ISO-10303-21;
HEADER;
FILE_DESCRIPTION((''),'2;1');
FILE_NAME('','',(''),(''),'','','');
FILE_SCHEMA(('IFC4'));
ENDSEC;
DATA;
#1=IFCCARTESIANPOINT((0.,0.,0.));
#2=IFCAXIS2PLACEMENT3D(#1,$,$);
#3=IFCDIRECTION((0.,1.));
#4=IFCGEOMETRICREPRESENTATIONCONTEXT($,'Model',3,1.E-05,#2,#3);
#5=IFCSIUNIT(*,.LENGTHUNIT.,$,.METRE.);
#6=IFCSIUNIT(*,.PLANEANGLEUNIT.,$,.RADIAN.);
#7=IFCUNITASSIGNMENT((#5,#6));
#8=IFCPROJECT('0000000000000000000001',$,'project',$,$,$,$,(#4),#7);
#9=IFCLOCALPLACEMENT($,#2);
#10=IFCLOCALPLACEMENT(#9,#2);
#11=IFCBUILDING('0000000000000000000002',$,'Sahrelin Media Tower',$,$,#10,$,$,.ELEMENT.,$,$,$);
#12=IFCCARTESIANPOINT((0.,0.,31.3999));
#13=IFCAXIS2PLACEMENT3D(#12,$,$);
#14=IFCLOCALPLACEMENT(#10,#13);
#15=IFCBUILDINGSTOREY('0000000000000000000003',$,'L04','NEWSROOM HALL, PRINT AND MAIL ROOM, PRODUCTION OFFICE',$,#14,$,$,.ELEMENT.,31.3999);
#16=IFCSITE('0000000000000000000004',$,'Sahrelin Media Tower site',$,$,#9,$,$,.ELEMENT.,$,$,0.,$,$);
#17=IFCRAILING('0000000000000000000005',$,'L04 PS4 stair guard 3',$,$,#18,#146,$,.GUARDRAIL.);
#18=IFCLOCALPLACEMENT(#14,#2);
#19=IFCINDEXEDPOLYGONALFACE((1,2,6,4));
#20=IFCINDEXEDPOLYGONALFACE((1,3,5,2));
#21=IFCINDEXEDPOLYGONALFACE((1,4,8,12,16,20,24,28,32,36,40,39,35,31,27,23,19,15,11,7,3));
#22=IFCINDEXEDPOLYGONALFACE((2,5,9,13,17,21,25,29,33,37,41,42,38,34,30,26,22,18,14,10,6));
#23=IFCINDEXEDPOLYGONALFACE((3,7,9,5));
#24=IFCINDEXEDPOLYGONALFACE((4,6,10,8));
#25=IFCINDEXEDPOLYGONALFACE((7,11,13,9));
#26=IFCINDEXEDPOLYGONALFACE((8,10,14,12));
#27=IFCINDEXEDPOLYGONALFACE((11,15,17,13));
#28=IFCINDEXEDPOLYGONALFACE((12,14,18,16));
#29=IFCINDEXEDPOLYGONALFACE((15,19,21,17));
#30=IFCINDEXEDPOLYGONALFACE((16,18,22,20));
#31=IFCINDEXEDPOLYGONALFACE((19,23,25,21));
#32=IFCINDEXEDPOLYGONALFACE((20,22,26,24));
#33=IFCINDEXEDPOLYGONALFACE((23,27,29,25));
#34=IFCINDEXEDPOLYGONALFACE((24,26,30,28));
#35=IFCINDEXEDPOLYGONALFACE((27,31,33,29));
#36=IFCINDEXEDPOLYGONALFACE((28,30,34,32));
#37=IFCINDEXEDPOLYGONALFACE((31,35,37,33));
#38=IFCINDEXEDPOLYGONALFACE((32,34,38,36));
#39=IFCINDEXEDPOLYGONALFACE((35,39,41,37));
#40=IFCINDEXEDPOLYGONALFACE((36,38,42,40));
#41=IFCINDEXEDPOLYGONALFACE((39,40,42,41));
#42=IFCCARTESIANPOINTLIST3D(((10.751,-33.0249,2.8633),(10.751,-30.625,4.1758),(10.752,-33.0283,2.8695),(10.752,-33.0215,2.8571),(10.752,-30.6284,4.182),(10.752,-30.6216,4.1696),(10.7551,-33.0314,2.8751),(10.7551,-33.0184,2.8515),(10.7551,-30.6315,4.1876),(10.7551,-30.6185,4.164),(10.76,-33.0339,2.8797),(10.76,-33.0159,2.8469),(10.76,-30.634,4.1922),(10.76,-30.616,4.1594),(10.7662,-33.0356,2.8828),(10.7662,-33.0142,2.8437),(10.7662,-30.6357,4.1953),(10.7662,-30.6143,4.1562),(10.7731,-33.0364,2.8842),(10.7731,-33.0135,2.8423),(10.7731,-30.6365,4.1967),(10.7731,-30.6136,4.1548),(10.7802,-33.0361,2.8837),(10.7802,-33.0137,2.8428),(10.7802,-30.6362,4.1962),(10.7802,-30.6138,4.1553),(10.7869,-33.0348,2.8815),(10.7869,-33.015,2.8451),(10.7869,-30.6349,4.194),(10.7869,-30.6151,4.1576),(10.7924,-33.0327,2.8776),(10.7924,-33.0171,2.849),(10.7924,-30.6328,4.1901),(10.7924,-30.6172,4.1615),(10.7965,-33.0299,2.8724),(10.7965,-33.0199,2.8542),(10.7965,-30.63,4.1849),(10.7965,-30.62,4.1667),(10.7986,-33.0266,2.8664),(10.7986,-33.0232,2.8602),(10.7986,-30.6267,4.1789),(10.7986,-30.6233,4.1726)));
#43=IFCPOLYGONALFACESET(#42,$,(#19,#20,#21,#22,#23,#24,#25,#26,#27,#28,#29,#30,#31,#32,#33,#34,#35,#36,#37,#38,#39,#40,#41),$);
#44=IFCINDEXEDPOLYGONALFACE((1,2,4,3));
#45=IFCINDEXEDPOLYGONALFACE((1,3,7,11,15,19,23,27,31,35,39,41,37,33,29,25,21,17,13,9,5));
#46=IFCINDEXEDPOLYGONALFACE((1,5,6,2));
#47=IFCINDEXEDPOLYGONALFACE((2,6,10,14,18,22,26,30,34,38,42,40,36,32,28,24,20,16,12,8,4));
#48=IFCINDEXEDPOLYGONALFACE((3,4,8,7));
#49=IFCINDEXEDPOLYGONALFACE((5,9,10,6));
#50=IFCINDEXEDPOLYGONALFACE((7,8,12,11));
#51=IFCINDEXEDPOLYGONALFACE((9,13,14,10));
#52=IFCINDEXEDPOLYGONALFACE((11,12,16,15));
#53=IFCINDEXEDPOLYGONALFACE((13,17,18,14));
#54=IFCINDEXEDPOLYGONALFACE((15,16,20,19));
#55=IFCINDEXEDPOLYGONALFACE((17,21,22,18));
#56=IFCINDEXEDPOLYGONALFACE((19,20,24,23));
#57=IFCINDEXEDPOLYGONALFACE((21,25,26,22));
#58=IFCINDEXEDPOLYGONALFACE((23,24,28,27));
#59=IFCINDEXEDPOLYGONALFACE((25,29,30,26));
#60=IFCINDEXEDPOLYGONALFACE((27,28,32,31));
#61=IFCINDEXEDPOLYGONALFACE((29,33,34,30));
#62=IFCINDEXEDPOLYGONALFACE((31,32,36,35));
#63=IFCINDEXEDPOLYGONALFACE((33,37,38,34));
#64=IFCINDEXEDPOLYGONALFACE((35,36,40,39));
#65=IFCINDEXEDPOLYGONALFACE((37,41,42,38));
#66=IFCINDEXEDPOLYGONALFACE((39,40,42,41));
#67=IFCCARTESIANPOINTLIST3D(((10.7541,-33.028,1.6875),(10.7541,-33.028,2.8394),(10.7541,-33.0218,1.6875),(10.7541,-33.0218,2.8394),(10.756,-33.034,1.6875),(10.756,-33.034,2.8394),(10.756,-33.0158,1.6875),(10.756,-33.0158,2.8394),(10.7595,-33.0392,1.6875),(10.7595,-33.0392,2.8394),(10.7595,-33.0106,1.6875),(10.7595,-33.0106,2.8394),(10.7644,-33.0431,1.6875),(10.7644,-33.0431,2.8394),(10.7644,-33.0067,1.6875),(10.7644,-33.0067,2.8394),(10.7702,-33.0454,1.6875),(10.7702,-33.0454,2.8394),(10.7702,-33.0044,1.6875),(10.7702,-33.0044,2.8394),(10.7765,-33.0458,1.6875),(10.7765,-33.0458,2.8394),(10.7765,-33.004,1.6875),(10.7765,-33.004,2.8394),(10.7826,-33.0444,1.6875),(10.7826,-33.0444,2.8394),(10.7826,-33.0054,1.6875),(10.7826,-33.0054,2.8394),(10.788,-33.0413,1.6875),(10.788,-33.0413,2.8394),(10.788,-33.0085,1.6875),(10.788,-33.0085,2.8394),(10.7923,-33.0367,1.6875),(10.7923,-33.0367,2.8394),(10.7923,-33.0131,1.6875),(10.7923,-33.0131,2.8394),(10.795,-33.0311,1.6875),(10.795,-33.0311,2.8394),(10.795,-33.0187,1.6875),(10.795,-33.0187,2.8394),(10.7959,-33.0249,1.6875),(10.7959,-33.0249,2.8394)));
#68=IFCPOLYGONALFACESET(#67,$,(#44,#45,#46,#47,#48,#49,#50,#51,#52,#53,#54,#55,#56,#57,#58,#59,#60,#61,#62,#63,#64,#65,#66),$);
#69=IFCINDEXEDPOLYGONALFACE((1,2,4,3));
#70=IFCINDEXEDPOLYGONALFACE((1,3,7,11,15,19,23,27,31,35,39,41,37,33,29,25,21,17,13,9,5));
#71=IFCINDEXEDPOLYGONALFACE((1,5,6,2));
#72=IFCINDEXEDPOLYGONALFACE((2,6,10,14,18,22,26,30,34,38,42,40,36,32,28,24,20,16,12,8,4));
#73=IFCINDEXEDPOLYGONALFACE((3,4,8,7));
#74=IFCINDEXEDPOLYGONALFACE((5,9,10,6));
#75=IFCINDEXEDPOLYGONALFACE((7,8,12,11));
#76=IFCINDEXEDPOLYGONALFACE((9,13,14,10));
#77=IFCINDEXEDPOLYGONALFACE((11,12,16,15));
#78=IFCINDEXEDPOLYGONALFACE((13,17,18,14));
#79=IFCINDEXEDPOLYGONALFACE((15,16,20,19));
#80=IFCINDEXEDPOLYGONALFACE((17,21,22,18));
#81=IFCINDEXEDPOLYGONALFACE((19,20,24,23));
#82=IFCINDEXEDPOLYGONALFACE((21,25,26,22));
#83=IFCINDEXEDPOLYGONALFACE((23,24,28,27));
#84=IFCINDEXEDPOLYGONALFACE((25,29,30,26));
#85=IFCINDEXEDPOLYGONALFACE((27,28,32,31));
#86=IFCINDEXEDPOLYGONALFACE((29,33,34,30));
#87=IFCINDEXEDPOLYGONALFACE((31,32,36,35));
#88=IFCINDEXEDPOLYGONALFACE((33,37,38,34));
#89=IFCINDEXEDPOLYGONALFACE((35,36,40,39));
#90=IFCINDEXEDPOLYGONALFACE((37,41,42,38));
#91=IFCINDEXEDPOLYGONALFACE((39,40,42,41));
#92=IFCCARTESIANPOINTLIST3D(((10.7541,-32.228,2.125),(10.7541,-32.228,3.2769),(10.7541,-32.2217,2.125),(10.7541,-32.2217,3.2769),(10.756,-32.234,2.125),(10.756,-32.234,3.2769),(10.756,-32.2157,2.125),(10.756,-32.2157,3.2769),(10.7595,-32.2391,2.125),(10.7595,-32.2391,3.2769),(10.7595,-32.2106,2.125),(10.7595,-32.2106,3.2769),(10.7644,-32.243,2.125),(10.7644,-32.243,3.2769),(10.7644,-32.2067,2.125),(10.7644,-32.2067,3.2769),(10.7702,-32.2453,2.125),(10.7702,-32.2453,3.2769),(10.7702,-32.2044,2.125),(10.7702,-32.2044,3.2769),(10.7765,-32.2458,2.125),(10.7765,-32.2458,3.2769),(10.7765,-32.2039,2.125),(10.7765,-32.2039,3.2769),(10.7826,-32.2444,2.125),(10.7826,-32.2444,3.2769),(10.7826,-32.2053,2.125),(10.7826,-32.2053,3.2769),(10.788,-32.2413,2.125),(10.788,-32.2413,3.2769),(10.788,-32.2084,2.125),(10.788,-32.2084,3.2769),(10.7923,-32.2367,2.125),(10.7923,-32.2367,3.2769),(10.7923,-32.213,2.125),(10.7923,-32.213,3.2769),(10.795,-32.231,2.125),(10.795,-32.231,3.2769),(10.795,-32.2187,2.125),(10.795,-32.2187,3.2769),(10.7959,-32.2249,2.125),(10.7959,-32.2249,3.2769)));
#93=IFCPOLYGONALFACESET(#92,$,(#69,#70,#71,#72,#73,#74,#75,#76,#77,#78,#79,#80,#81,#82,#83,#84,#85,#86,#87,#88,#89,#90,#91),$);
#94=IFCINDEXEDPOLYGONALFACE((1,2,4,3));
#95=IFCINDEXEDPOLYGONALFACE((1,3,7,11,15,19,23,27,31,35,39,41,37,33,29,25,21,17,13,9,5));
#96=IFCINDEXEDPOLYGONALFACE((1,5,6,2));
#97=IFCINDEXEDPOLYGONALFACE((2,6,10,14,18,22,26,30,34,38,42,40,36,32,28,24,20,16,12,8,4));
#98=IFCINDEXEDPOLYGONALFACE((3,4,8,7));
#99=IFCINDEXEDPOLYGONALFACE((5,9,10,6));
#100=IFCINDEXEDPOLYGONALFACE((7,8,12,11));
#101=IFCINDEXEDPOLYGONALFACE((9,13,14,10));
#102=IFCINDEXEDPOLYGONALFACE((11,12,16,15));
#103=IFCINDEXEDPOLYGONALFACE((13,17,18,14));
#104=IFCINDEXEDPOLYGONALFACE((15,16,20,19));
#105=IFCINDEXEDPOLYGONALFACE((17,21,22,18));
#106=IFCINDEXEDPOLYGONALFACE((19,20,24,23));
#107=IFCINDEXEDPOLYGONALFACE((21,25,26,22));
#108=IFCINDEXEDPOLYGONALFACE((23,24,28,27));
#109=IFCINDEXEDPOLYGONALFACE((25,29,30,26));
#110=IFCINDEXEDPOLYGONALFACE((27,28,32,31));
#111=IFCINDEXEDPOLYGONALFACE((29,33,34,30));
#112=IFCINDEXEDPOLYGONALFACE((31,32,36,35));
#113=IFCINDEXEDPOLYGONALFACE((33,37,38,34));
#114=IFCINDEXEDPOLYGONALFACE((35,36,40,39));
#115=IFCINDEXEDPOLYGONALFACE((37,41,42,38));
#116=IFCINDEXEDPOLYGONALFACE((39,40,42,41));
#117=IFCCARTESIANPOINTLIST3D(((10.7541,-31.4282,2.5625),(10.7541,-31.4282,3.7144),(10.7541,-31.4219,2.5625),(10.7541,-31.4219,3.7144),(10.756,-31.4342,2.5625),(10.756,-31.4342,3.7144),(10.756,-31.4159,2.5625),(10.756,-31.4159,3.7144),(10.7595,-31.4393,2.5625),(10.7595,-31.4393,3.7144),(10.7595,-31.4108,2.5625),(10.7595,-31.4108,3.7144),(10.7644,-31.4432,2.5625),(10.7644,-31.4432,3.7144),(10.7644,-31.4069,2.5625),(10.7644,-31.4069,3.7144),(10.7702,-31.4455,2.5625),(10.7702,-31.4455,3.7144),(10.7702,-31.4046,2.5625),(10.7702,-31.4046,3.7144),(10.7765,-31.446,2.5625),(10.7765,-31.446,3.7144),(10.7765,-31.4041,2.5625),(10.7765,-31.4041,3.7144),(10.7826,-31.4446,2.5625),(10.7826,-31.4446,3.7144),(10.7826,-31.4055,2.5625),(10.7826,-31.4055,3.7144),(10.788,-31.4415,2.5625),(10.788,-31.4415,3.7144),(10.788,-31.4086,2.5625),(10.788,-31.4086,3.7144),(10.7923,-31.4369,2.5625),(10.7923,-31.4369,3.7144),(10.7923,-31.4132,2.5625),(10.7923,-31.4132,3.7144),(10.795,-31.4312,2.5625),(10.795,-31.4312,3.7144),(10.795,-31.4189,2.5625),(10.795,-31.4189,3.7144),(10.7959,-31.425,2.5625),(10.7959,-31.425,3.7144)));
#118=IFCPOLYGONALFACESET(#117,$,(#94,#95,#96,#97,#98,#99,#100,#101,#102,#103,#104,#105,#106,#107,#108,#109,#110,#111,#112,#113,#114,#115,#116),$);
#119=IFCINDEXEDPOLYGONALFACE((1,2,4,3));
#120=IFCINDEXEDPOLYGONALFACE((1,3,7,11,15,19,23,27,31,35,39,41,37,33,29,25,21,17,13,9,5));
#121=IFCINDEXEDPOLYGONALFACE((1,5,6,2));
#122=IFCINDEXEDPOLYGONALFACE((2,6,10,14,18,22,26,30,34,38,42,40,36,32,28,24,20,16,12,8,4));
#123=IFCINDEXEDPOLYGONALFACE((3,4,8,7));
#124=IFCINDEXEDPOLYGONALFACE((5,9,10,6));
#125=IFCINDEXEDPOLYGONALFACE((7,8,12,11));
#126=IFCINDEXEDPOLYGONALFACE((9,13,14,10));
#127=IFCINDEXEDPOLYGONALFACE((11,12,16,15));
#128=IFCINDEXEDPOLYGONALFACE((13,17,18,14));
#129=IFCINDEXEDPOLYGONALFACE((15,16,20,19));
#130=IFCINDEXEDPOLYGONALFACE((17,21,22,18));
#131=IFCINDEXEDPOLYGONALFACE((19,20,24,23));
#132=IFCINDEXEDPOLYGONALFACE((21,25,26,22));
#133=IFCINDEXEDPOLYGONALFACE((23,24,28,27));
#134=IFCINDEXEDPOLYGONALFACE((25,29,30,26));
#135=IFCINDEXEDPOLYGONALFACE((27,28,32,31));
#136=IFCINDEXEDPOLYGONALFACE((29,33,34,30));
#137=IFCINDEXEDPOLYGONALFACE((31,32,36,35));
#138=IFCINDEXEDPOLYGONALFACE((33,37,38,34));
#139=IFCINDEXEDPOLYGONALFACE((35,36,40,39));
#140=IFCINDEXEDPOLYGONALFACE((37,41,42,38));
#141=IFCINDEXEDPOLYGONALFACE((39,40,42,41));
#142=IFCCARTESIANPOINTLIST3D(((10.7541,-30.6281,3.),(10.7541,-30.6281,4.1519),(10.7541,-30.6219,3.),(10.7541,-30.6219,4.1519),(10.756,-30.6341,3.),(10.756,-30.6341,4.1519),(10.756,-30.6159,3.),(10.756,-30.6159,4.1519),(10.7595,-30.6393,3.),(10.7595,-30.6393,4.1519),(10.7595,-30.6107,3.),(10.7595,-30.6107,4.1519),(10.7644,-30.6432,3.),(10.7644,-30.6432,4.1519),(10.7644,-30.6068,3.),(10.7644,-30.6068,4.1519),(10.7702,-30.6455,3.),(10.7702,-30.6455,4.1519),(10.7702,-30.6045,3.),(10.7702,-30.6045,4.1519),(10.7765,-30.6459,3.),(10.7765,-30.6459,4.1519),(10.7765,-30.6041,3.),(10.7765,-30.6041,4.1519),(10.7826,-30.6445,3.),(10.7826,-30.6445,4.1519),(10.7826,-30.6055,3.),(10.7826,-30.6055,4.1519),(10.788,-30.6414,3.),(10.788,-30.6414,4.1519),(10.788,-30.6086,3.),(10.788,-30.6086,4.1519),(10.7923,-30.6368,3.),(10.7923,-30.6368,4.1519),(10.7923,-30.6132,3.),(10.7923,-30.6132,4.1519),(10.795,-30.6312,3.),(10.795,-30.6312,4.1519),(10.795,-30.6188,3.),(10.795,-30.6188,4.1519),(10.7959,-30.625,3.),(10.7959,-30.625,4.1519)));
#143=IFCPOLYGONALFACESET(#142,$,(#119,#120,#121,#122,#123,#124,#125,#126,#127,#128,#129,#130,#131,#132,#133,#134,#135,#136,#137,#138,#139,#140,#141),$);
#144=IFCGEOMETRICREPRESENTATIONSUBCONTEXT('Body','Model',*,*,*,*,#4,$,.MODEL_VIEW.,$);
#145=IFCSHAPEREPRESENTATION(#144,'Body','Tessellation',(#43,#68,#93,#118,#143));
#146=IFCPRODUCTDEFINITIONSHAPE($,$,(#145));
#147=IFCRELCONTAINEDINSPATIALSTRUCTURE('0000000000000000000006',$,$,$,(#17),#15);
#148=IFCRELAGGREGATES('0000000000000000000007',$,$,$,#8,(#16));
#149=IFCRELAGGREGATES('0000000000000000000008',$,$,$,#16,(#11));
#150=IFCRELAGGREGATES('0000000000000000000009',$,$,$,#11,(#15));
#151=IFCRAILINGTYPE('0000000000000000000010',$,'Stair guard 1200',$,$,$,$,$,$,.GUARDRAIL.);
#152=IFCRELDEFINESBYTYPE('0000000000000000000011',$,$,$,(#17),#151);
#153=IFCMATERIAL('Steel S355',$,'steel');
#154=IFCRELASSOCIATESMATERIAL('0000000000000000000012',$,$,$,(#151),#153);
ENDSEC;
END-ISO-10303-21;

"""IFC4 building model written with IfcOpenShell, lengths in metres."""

from ifc_helpers import new_model, si_unit, direction, frame, origin, origin_2d, place, context, subcontext, project, spatial, circle, extrude, material, type_object, element, save


model = new_model("IFC4")

# Units and contexts
model_context = context("Model", 3, precision=1e-05, world=origin(), true_north=direction((0.0, 1.0)))
body_context = subcontext(model_context, "Body", "Model", "MODEL_VIEW")
ifc_project = project(units=[si_unit("LENGTHUNIT", "METRE"), si_unit("PLANEANGLEUNIT", "RADIAN")], contexts=[model_context])

# Site, building, storey
site_placement = place(None, origin())
site = spatial("IfcSite", under=ifc_project, at=site_placement, Name="Sahrelin Media Tower site", CompositionType="ELEMENT", RefElevation=0.0)
building_placement = place(site_placement, origin())
building = spatial("IfcBuilding", under=site, at=building_placement, Name="Sahrelin Media Tower", CompositionType="ELEMENT")
storey_placement = place(building_placement, frame((0.0, 0.0, 31.3999)))
storey = spatial("IfcBuildingStorey", under=building, at=storey_placement, Name="L04", Description="NEWSROOM HALL, PRINT AND MAIL ROOM, PRODUCTION OFFICE", CompositionType="ELEMENT", Elevation=31.3999)

# Shared definitions
ifc_material_1 = material(Name="Steel S355", Category="steel")

# Railing
railing_type_1 = type_object("IfcRailingType", Name="Stair guard 1200", PredefinedType="GUARDRAIL", material=ifc_material_1)
railing_1_placement = place(storey_placement, frame((10.7749, -33.0249, 1.6875)))
element("IfcRailing", 1, at=railing_1_placement, inside=storey, type_object=railing_type_1, Name="L04 PS4 stair guard 3", PredefinedType="GUARDRAIL", context=body_context, shape_type="SweptSolid", body=[
    extrude(circle(Radius=0.0239, at=origin_2d()), frame((0.0, 0.0, 1.1758), z_axis=(0.0, 0.877363, 0.479827), x_axis=(-1.0, 0.0, 0.0)), (0.0, 0.0, 1.0), 2.7354),
    extrude(circle(Radius=0.021, at=origin_2d()), origin(), (0.0, 0.0, 1.0), 1.1519),
    extrude(circle(Radius=0.021, at=origin_2d()), frame((0.0, 0.8, 0.4375)), (0.0, 0.0, 1.0), 1.1519),
    extrude(circle(Radius=0.021, at=origin_2d()), frame((0.0, 1.5999, 0.875)), (0.0, 0.0, 1.0), 1.1519),
    extrude(circle(Radius=0.021, at=origin_2d()), frame((0.0, 2.3999, 1.3125)), (0.0, 0.0, 1.0), 1.1519),
])

save(model, "model.ifc")
